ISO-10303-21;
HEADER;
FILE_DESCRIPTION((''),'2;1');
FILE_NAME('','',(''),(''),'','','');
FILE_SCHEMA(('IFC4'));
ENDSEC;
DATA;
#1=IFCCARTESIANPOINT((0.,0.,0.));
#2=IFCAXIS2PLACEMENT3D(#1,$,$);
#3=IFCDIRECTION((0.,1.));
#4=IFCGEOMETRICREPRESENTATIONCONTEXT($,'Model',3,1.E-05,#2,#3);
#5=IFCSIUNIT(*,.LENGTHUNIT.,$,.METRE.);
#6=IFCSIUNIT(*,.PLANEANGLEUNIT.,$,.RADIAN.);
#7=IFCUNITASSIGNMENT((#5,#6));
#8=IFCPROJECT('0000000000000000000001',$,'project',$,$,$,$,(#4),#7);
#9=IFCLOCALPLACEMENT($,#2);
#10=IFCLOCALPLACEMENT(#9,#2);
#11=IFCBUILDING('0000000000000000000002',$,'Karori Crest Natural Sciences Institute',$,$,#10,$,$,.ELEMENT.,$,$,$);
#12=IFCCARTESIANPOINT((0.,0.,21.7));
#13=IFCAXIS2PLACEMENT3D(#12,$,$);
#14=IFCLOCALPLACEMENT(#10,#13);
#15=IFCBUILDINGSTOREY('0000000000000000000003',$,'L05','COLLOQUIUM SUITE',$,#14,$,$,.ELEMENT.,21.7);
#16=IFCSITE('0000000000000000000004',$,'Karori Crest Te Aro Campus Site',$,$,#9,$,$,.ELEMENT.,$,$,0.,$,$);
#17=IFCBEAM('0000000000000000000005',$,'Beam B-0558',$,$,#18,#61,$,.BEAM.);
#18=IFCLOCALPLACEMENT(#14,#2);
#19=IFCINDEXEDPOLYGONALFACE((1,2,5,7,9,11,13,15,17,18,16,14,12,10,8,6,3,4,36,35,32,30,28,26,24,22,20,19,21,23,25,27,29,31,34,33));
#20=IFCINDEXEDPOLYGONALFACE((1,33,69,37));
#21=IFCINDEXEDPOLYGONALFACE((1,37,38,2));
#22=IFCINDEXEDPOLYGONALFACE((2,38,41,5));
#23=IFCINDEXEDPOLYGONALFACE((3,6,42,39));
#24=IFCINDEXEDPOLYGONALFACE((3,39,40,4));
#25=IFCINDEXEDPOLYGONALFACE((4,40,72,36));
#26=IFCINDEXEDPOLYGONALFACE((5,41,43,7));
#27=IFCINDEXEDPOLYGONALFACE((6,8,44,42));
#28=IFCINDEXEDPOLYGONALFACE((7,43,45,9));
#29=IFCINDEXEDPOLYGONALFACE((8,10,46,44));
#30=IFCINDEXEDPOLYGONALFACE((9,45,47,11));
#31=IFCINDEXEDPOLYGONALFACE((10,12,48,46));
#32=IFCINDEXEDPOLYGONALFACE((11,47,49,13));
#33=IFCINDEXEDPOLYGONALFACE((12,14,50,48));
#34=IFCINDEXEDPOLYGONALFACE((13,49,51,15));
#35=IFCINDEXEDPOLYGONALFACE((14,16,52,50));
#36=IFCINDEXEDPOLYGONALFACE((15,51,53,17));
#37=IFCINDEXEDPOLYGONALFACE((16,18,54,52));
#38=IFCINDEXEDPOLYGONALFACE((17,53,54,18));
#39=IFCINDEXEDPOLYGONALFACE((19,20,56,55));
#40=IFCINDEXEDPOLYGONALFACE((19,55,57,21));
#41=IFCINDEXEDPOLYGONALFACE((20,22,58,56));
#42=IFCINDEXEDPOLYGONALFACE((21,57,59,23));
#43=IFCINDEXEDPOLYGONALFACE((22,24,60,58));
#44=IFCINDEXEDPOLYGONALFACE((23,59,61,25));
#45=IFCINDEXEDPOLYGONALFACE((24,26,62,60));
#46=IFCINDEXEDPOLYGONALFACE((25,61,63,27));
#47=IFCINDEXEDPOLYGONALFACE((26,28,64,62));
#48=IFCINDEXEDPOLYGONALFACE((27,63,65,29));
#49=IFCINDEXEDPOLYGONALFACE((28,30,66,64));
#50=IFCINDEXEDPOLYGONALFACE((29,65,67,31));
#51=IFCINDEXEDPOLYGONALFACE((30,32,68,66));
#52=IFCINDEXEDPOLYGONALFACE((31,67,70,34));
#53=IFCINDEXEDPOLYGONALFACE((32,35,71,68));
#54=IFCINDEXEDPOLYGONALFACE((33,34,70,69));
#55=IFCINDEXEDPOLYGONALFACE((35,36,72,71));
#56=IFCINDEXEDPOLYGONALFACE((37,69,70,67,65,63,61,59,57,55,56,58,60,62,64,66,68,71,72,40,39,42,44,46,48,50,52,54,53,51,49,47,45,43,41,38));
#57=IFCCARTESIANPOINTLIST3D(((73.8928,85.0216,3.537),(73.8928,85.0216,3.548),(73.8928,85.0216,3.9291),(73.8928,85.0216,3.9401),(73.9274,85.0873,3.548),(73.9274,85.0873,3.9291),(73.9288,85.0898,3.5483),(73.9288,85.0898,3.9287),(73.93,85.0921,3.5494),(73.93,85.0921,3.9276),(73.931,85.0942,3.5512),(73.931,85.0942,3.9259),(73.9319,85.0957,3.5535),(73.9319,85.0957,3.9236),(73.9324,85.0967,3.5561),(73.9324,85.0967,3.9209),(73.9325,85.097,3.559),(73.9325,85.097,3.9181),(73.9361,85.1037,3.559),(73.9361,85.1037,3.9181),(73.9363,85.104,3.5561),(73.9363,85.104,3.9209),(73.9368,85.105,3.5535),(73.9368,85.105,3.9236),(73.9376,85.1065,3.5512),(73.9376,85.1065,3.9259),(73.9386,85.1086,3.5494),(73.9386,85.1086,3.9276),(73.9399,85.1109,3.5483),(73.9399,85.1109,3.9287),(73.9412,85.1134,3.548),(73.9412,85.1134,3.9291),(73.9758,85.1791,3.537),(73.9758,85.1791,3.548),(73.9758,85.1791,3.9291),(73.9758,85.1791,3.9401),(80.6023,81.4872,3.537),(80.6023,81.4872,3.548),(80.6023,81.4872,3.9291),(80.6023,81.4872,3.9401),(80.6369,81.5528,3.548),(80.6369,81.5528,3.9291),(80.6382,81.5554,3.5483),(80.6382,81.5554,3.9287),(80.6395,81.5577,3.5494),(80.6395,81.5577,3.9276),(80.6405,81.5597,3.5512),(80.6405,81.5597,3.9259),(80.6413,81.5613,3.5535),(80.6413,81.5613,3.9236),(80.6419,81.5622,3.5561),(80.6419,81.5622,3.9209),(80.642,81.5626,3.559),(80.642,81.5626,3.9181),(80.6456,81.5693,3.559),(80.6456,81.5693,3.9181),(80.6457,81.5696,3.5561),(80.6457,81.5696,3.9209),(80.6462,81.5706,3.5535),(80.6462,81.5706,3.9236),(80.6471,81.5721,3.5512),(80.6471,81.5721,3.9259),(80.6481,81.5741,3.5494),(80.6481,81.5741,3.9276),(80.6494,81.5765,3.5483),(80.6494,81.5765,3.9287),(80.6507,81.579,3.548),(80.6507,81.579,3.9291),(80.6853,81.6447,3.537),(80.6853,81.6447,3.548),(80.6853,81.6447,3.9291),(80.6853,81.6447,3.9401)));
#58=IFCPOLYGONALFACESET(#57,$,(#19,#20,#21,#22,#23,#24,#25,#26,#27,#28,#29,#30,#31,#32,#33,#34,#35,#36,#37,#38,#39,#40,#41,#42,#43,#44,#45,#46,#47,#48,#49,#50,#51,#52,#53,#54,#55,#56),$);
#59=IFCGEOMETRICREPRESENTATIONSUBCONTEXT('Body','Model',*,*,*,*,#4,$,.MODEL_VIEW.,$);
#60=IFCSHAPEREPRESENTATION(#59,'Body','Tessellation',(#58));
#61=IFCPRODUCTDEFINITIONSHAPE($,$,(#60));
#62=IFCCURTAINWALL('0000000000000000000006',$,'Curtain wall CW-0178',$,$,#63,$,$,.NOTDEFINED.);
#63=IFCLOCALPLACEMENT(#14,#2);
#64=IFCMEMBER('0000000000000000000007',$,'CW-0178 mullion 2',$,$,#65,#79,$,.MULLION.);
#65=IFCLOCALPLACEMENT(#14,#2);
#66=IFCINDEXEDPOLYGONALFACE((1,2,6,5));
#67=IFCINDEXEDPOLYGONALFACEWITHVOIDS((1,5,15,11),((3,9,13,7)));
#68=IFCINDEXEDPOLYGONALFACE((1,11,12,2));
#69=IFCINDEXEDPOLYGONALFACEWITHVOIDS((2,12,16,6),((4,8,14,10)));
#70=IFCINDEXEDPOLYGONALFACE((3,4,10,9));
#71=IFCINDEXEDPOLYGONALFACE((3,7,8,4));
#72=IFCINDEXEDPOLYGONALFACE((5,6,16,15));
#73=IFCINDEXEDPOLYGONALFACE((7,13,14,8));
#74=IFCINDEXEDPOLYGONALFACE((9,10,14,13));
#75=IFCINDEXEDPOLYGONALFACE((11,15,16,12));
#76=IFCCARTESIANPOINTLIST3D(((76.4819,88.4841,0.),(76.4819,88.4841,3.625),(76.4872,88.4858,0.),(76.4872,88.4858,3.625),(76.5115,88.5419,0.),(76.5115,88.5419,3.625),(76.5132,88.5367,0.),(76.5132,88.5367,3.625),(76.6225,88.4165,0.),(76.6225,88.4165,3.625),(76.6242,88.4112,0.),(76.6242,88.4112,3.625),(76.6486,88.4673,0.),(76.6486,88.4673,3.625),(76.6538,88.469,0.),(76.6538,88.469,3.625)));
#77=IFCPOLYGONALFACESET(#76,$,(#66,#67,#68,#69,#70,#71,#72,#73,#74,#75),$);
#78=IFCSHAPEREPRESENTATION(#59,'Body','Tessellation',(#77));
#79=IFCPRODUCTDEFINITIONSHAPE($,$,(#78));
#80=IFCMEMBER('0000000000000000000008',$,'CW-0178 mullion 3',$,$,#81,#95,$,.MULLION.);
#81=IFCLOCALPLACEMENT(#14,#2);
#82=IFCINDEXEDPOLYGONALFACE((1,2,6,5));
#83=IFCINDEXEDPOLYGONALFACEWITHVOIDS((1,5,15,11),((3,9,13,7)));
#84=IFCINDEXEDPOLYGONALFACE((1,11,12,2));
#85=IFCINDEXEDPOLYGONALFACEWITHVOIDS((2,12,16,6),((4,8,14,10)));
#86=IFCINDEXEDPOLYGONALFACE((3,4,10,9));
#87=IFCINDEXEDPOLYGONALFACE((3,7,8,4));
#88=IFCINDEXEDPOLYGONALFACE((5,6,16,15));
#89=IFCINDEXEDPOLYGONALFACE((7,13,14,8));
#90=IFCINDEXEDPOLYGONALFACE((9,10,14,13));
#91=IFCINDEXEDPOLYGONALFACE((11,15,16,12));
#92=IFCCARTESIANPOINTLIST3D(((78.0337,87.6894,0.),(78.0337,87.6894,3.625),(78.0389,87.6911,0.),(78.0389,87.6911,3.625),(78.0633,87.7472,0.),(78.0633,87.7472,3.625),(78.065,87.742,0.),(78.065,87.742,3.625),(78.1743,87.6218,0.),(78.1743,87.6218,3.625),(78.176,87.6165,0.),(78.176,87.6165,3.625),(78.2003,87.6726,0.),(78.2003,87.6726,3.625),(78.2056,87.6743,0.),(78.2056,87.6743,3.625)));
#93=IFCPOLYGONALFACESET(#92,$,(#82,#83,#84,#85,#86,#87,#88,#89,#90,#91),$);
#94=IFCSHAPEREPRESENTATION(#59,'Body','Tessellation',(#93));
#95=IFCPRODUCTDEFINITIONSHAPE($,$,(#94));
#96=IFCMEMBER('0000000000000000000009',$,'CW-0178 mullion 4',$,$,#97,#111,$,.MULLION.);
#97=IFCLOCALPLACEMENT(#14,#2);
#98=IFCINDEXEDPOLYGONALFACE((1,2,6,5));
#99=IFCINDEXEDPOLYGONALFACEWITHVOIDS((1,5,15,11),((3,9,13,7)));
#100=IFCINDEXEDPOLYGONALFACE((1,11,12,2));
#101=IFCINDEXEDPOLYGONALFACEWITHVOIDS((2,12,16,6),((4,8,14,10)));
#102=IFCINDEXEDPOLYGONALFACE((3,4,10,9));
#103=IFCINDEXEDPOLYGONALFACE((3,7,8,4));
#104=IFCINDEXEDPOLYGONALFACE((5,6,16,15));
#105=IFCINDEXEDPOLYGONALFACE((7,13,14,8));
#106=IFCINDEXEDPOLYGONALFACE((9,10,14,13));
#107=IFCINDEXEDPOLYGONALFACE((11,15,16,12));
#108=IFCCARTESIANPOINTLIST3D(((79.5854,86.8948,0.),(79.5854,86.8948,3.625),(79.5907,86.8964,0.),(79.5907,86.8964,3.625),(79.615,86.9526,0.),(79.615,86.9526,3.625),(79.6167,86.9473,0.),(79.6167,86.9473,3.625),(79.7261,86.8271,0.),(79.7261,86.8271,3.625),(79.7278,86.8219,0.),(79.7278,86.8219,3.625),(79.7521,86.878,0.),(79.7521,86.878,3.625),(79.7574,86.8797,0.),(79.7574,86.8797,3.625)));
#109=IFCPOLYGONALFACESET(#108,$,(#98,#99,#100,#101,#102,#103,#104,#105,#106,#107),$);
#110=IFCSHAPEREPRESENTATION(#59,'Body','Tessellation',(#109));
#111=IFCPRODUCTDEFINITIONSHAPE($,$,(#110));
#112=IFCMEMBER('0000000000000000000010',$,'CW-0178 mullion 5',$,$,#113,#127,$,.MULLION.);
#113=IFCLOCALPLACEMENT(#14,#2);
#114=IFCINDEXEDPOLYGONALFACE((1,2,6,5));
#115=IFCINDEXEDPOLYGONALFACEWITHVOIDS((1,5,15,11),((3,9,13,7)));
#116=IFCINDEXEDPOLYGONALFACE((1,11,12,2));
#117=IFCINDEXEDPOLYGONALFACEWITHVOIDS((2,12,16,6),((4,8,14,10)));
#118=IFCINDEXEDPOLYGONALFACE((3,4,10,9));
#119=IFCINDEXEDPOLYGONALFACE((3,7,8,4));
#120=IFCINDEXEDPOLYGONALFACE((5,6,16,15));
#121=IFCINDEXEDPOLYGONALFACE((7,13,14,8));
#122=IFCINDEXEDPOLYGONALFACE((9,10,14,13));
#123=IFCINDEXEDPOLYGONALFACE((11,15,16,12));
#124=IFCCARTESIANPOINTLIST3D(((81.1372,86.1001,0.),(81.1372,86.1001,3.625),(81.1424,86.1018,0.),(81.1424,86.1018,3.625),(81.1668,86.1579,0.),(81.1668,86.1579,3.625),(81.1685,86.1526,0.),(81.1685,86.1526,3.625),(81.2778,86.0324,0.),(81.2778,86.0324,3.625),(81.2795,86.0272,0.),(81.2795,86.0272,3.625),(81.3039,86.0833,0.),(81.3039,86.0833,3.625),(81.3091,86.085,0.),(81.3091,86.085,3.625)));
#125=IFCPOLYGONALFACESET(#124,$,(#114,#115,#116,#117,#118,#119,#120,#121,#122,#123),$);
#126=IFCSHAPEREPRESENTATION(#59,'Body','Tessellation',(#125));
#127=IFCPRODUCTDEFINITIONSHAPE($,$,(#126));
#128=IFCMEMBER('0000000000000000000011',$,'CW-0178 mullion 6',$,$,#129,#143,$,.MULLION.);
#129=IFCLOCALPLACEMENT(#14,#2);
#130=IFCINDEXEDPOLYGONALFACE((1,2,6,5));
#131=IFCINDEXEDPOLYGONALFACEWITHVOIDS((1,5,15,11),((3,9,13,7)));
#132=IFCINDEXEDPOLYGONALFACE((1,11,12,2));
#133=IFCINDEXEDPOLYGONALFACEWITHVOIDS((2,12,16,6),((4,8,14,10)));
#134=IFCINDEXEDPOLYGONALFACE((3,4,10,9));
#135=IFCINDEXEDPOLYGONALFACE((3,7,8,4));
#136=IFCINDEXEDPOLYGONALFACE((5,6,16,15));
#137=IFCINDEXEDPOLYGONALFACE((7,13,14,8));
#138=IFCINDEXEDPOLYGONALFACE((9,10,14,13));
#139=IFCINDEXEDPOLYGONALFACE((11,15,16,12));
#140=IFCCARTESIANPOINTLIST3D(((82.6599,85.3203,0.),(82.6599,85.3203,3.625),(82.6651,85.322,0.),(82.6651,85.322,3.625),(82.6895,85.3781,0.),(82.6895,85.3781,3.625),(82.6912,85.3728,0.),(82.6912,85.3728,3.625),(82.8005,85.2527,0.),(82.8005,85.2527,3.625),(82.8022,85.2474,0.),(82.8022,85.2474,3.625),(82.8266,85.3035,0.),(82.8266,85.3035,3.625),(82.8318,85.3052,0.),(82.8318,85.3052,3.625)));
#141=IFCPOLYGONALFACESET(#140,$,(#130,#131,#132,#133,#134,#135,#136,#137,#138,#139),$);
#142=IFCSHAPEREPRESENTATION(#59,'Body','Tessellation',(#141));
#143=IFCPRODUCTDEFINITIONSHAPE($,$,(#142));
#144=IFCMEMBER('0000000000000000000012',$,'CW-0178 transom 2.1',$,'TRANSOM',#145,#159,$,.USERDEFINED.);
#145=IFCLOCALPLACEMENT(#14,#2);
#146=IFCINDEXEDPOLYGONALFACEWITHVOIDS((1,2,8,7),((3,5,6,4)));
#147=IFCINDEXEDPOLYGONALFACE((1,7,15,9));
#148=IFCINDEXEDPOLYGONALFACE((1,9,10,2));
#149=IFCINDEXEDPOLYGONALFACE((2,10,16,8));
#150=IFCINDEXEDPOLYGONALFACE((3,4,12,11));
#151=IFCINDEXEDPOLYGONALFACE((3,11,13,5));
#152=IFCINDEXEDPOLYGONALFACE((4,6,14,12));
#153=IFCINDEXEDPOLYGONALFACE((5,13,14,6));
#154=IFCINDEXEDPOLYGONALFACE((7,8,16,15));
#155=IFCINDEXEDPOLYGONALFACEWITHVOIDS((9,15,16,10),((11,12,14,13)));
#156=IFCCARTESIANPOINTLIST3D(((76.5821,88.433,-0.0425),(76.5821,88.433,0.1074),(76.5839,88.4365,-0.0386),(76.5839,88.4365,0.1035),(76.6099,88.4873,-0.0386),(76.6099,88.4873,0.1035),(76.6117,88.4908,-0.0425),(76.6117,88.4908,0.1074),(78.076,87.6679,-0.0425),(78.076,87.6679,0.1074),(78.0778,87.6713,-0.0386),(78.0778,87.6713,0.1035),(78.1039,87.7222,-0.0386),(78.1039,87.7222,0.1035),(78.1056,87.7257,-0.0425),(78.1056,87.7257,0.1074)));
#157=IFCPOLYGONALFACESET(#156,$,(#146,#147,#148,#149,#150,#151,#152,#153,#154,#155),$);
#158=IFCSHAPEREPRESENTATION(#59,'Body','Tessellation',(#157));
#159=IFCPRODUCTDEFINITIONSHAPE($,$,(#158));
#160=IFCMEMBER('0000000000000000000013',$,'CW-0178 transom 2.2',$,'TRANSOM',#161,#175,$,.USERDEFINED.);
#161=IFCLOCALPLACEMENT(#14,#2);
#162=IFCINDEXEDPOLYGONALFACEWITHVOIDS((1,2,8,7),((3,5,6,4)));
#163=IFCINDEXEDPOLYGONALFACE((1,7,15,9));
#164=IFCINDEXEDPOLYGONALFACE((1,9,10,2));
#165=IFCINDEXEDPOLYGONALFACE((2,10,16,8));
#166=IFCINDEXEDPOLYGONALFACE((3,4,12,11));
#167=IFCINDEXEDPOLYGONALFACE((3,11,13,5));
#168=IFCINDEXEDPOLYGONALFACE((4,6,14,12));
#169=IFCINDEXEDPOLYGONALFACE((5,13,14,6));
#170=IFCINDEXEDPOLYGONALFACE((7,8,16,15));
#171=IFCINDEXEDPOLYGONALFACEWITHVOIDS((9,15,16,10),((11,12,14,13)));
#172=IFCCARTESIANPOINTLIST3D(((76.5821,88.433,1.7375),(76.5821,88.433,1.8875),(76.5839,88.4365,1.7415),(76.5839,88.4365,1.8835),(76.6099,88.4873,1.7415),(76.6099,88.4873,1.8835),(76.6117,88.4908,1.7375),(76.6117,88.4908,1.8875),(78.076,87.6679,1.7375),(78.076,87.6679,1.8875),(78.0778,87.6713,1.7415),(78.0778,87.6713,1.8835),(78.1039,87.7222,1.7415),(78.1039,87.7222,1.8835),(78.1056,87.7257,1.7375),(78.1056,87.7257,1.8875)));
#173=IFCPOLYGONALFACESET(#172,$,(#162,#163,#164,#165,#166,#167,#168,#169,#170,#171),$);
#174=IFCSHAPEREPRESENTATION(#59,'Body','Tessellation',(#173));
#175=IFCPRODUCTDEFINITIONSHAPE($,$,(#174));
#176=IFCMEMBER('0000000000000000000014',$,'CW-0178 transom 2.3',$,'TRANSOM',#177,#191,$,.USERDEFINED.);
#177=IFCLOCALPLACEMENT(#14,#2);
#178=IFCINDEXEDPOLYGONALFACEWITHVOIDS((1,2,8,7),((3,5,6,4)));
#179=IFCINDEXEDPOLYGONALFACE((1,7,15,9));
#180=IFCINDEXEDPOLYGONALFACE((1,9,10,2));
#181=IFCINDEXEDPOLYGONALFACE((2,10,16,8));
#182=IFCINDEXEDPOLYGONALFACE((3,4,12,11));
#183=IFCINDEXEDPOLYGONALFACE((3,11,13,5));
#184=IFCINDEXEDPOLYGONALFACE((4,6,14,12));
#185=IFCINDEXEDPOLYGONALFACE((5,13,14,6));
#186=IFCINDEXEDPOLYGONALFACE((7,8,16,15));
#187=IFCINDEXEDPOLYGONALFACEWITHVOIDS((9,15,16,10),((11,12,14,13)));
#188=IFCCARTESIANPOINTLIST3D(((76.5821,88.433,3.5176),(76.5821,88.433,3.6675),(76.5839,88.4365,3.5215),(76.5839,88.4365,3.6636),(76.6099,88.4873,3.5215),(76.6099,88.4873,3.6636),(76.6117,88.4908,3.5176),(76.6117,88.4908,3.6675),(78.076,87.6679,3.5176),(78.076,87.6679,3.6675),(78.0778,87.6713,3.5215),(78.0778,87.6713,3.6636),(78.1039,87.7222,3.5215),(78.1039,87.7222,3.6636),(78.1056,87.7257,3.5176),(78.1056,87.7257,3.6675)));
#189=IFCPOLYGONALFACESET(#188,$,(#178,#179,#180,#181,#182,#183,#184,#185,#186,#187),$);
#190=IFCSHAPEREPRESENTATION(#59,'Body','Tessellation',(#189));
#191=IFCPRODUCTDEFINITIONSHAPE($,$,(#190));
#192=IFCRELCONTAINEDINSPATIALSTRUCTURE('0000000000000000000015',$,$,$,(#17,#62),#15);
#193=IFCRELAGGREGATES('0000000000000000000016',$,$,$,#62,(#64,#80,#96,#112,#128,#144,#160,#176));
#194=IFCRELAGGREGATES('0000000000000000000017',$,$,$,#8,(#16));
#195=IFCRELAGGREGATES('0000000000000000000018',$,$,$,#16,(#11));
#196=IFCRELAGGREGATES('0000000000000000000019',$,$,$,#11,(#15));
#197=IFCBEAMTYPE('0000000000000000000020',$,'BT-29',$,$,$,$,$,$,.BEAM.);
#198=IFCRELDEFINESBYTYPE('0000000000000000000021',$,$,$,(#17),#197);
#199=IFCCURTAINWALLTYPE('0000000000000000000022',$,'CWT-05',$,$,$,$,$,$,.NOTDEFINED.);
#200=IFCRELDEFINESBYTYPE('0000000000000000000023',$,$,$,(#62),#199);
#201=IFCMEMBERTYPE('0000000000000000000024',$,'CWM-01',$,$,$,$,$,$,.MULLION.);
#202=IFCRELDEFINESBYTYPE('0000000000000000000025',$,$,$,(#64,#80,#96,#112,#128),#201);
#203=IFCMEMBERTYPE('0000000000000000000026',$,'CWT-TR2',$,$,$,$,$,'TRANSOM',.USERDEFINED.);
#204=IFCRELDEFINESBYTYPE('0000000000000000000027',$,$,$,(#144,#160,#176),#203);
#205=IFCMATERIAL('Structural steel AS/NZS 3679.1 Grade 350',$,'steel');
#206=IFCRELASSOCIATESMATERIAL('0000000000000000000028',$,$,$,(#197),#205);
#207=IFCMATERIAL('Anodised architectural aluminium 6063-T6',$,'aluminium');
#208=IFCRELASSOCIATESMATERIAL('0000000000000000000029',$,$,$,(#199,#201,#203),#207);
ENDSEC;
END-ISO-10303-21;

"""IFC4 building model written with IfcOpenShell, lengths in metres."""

from ifc_helpers import new_model, si_unit, direction, frame, origin, origin_2d, place, context, subcontext, project, spatial, hollow_rectangle, i_section, extrude, material, material_profile, profile_set, type_object, element, aggregate, save


model = new_model("IFC4")

# Units and contexts
model_context = context("Model", 3, precision=1e-05, world=origin(), true_north=direction((0.0, 1.0)))
body_context = subcontext(model_context, "Body", "Model", "MODEL_VIEW")
ifc_project = project(units=[si_unit("LENGTHUNIT", "METRE"), si_unit("PLANEANGLEUNIT", "RADIAN")], contexts=[model_context])

# Site, building, storey
site_placement = place(None, origin())
site = spatial("IfcSite", under=ifc_project, at=site_placement, Name="Karori Crest Te Aro Campus Site", CompositionType="ELEMENT", RefElevation=0.0)
building_placement = place(site_placement, origin())
building = spatial("IfcBuilding", under=site, at=building_placement, Name="Karori Crest Natural Sciences Institute", CompositionType="ELEMENT")
storey_placement = place(building_placement, frame((0.0, 0.0, 21.7)))
storey = spatial("IfcBuildingStorey", under=building, at=storey_placement, Name="L05", Description="COLLOQUIUM SUITE", CompositionType="ELEMENT", Elevation=21.7)

# Beam
ifc_material_1 = material(Name="Structural steel AS/NZS 3679.1 Grade 350", Category="steel")
ifc_material_profile_1 = material_profile(ifc_material_1, i_section(OverallWidth=0.178, OverallDepth=0.4031, WebThickness=0.0076, FlangeThickness=0.011, FilletRadius=0.011, at=origin_2d()), Name="410UB53.7")
ifc_profile_set_1 = profile_set([ifc_material_profile_1], Name="Structural steel AS/NZS 3679.1 Grade 350")
beam_type = type_object("IfcBeamType", Name="BT-29", PredefinedType="BEAM", material=ifc_profile_set_1)
beam_placement = place(storey_placement, frame((80.6438, 81.5659, 3.7385), z_axis=(-0.884748, 0.466069, 0.0), x_axis=(-0.466069, -0.884748, 0.0)))
element("IfcBeam", 1, at=beam_placement, inside=storey, type_object=beam_type, Name="Beam B-0558", PredefinedType="BEAM", context=body_context, shape_type="SweptSolid", body=[
    extrude(i_section(OverallWidth=0.178, OverallDepth=0.4031, WebThickness=0.0076, FlangeThickness=0.011, FilletRadius=0.011, at=origin_2d()), origin(), (0.0, 0.0, 1.0), 7.5835),
])

# Curtain wall, members
ifc_material_2 = material(Name="Anodised architectural aluminium 6063-T6", Category="aluminium")
curtain_wall_type = type_object("IfcCurtainWallType", Name="CWT-05", PredefinedType="NOTDEFINED", material=ifc_material_2)
curtain_wall_placement = place(storey_placement, origin())
curtain_wall = element("IfcCurtainWall", 2, at=curtain_wall_placement, inside=storey, type_object=curtain_wall_type, Name="Curtain wall CW-0178", PredefinedType="NOTDEFINED")
ifc_material_profile_2 = material_profile(ifc_material_2, hollow_rectangle(XDim=0.0649, YDim=0.1599, WallThickness=0.0039, at=origin_2d()), Name="CWM160x65x4")
ifc_profile_set_2 = profile_set([ifc_material_profile_2], Name="Anodised architectural aluminium 6063-T6")
member_type_1 = type_object("IfcMemberType", Name="CWM-01", PredefinedType="MULLION", material=ifc_profile_set_2)
member_1_placement = place(storey_placement, frame((76.5679, 88.4766, 0.0), z_axis=(0.0, 0.0, 1.0), x_axis=(0.455829, 0.890067, 0.0)))
member_1 = element("IfcMember", 3, at=member_1_placement, type_object=member_type_1, Name="CW-0178 mullion 2", PredefinedType="MULLION", context=body_context, shape_type="SweptSolid", body=[
    extrude(hollow_rectangle(XDim=0.0649, YDim=0.1599, WallThickness=0.0039, at=origin_2d()), origin(), (0.0, 0.0, 1.0), 3.625),
])
member_2_placement = place(storey_placement, frame((78.1196, 87.6819, 0.0), z_axis=(0.0, 0.0, 1.0), x_axis=(0.455829, 0.890067, 0.0)))
member_2 = element("IfcMember", 4, at=member_2_placement, type_object=member_type_1, Name="CW-0178 mullion 3", PredefinedType="MULLION", context=body_context, shape_type="SweptSolid", body=[
    extrude(hollow_rectangle(XDim=0.0649, YDim=0.1599, WallThickness=0.0039, at=origin_2d()), origin(), (0.0, 0.0, 1.0), 3.625),
])
member_3_placement = place(storey_placement, frame((79.6714, 86.8872, 0.0), z_axis=(0.0, 0.0, 1.0), x_axis=(0.455829, 0.890067, 0.0)))
member_3 = element("IfcMember", 5, at=member_3_placement, type_object=member_type_1, Name="CW-0178 mullion 4", PredefinedType="MULLION", context=body_context, shape_type="SweptSolid", body=[
    extrude(hollow_rectangle(XDim=0.0649, YDim=0.1599, WallThickness=0.0039, at=origin_2d()), origin(), (0.0, 0.0, 1.0), 3.625),
])
member_4_placement = place(storey_placement, frame((81.2231, 86.0925, 0.0), z_axis=(0.0, 0.0, 1.0), x_axis=(0.455829, 0.890067, 0.0)))
member_4 = element("IfcMember", 6, at=member_4_placement, type_object=member_type_1, Name="CW-0178 mullion 5", PredefinedType="MULLION", context=body_context, shape_type="SweptSolid", body=[
    extrude(hollow_rectangle(XDim=0.0649, YDim=0.1599, WallThickness=0.0039, at=origin_2d()), origin(), (0.0, 0.0, 1.0), 3.625),
])
member_5_placement = place(storey_placement, frame((82.7458, 85.3127, 0.0), z_axis=(0.0, 0.0, 1.0), x_axis=(0.455829, 0.890067, 0.0)))
member_5 = element("IfcMember", 7, at=member_5_placement, type_object=member_type_1, Name="CW-0178 mullion 6", PredefinedType="MULLION", context=body_context, shape_type="SweptSolid", body=[
    extrude(hollow_rectangle(XDim=0.0649, YDim=0.1599, WallThickness=0.0039, at=origin_2d()), origin(), (0.0, 0.0, 1.0), 3.625),
])
ifc_material_profile_3 = material_profile(ifc_material_2, hollow_rectangle(XDim=0.0649, YDim=0.1499, WallThickness=0.0039, at=origin_2d()), Name="CWT150x65x4")
ifc_profile_set_3 = profile_set([ifc_material_profile_3], Name="Anodised architectural aluminium 6063-T6")
member_type_2 = type_object("IfcMemberType", Name="CWT-TR2", ElementType="TRANSOM", PredefinedType="USERDEFINED", material=ifc_profile_set_3)
member_6_placement = place(storey_placement, frame((76.5969, 88.4619, 0.0325), z_axis=(0.890051, -0.455862, 0.0), x_axis=(0.455862, 0.890051, 0.0)))
member_6 = element("IfcMember", 8, at=member_6_placement, type_object=member_type_2, Name="CW-0178 transom 2.1", ObjectType="TRANSOM", PredefinedType="USERDEFINED", context=body_context, shape_type="SweptSolid", body=[
    extrude(hollow_rectangle(XDim=0.0649, YDim=0.1499, WallThickness=0.0039, at=origin_2d()), origin(), (0.0, 0.0, 1.0), 1.6785),
])
member_7_placement = place(storey_placement, frame((76.5969, 88.4619, 1.8125), z_axis=(0.890051, -0.455862, 0.0), x_axis=(0.455862, 0.890051, 0.0)))
member_7 = element("IfcMember", 9, at=member_7_placement, type_object=member_type_2, Name="CW-0178 transom 2.2", ObjectType="TRANSOM", PredefinedType="USERDEFINED", context=body_context, shape_type="SweptSolid", body=[
    extrude(hollow_rectangle(XDim=0.0649, YDim=0.1499, WallThickness=0.0039, at=origin_2d()), origin(), (0.0, 0.0, 1.0), 1.6785),
])
member_8_placement = place(storey_placement, frame((76.5969, 88.4619, 3.5925), z_axis=(0.890051, -0.455862, 0.0), x_axis=(0.455862, 0.890051, 0.0)))
member_8 = element("IfcMember", 10, at=member_8_placement, type_object=member_type_2, Name="CW-0178 transom 2.3", ObjectType="TRANSOM", PredefinedType="USERDEFINED", context=body_context, shape_type="SweptSolid", body=[
    extrude(hollow_rectangle(XDim=0.0649, YDim=0.1499, WallThickness=0.0039, at=origin_2d()), origin(), (0.0, 0.0, 1.0), 1.6785),
])
aggregate(curtain_wall, [member_1, member_2, member_3, member_4, member_5, member_6, member_7, member_8])

save(model, "model.ifc")
